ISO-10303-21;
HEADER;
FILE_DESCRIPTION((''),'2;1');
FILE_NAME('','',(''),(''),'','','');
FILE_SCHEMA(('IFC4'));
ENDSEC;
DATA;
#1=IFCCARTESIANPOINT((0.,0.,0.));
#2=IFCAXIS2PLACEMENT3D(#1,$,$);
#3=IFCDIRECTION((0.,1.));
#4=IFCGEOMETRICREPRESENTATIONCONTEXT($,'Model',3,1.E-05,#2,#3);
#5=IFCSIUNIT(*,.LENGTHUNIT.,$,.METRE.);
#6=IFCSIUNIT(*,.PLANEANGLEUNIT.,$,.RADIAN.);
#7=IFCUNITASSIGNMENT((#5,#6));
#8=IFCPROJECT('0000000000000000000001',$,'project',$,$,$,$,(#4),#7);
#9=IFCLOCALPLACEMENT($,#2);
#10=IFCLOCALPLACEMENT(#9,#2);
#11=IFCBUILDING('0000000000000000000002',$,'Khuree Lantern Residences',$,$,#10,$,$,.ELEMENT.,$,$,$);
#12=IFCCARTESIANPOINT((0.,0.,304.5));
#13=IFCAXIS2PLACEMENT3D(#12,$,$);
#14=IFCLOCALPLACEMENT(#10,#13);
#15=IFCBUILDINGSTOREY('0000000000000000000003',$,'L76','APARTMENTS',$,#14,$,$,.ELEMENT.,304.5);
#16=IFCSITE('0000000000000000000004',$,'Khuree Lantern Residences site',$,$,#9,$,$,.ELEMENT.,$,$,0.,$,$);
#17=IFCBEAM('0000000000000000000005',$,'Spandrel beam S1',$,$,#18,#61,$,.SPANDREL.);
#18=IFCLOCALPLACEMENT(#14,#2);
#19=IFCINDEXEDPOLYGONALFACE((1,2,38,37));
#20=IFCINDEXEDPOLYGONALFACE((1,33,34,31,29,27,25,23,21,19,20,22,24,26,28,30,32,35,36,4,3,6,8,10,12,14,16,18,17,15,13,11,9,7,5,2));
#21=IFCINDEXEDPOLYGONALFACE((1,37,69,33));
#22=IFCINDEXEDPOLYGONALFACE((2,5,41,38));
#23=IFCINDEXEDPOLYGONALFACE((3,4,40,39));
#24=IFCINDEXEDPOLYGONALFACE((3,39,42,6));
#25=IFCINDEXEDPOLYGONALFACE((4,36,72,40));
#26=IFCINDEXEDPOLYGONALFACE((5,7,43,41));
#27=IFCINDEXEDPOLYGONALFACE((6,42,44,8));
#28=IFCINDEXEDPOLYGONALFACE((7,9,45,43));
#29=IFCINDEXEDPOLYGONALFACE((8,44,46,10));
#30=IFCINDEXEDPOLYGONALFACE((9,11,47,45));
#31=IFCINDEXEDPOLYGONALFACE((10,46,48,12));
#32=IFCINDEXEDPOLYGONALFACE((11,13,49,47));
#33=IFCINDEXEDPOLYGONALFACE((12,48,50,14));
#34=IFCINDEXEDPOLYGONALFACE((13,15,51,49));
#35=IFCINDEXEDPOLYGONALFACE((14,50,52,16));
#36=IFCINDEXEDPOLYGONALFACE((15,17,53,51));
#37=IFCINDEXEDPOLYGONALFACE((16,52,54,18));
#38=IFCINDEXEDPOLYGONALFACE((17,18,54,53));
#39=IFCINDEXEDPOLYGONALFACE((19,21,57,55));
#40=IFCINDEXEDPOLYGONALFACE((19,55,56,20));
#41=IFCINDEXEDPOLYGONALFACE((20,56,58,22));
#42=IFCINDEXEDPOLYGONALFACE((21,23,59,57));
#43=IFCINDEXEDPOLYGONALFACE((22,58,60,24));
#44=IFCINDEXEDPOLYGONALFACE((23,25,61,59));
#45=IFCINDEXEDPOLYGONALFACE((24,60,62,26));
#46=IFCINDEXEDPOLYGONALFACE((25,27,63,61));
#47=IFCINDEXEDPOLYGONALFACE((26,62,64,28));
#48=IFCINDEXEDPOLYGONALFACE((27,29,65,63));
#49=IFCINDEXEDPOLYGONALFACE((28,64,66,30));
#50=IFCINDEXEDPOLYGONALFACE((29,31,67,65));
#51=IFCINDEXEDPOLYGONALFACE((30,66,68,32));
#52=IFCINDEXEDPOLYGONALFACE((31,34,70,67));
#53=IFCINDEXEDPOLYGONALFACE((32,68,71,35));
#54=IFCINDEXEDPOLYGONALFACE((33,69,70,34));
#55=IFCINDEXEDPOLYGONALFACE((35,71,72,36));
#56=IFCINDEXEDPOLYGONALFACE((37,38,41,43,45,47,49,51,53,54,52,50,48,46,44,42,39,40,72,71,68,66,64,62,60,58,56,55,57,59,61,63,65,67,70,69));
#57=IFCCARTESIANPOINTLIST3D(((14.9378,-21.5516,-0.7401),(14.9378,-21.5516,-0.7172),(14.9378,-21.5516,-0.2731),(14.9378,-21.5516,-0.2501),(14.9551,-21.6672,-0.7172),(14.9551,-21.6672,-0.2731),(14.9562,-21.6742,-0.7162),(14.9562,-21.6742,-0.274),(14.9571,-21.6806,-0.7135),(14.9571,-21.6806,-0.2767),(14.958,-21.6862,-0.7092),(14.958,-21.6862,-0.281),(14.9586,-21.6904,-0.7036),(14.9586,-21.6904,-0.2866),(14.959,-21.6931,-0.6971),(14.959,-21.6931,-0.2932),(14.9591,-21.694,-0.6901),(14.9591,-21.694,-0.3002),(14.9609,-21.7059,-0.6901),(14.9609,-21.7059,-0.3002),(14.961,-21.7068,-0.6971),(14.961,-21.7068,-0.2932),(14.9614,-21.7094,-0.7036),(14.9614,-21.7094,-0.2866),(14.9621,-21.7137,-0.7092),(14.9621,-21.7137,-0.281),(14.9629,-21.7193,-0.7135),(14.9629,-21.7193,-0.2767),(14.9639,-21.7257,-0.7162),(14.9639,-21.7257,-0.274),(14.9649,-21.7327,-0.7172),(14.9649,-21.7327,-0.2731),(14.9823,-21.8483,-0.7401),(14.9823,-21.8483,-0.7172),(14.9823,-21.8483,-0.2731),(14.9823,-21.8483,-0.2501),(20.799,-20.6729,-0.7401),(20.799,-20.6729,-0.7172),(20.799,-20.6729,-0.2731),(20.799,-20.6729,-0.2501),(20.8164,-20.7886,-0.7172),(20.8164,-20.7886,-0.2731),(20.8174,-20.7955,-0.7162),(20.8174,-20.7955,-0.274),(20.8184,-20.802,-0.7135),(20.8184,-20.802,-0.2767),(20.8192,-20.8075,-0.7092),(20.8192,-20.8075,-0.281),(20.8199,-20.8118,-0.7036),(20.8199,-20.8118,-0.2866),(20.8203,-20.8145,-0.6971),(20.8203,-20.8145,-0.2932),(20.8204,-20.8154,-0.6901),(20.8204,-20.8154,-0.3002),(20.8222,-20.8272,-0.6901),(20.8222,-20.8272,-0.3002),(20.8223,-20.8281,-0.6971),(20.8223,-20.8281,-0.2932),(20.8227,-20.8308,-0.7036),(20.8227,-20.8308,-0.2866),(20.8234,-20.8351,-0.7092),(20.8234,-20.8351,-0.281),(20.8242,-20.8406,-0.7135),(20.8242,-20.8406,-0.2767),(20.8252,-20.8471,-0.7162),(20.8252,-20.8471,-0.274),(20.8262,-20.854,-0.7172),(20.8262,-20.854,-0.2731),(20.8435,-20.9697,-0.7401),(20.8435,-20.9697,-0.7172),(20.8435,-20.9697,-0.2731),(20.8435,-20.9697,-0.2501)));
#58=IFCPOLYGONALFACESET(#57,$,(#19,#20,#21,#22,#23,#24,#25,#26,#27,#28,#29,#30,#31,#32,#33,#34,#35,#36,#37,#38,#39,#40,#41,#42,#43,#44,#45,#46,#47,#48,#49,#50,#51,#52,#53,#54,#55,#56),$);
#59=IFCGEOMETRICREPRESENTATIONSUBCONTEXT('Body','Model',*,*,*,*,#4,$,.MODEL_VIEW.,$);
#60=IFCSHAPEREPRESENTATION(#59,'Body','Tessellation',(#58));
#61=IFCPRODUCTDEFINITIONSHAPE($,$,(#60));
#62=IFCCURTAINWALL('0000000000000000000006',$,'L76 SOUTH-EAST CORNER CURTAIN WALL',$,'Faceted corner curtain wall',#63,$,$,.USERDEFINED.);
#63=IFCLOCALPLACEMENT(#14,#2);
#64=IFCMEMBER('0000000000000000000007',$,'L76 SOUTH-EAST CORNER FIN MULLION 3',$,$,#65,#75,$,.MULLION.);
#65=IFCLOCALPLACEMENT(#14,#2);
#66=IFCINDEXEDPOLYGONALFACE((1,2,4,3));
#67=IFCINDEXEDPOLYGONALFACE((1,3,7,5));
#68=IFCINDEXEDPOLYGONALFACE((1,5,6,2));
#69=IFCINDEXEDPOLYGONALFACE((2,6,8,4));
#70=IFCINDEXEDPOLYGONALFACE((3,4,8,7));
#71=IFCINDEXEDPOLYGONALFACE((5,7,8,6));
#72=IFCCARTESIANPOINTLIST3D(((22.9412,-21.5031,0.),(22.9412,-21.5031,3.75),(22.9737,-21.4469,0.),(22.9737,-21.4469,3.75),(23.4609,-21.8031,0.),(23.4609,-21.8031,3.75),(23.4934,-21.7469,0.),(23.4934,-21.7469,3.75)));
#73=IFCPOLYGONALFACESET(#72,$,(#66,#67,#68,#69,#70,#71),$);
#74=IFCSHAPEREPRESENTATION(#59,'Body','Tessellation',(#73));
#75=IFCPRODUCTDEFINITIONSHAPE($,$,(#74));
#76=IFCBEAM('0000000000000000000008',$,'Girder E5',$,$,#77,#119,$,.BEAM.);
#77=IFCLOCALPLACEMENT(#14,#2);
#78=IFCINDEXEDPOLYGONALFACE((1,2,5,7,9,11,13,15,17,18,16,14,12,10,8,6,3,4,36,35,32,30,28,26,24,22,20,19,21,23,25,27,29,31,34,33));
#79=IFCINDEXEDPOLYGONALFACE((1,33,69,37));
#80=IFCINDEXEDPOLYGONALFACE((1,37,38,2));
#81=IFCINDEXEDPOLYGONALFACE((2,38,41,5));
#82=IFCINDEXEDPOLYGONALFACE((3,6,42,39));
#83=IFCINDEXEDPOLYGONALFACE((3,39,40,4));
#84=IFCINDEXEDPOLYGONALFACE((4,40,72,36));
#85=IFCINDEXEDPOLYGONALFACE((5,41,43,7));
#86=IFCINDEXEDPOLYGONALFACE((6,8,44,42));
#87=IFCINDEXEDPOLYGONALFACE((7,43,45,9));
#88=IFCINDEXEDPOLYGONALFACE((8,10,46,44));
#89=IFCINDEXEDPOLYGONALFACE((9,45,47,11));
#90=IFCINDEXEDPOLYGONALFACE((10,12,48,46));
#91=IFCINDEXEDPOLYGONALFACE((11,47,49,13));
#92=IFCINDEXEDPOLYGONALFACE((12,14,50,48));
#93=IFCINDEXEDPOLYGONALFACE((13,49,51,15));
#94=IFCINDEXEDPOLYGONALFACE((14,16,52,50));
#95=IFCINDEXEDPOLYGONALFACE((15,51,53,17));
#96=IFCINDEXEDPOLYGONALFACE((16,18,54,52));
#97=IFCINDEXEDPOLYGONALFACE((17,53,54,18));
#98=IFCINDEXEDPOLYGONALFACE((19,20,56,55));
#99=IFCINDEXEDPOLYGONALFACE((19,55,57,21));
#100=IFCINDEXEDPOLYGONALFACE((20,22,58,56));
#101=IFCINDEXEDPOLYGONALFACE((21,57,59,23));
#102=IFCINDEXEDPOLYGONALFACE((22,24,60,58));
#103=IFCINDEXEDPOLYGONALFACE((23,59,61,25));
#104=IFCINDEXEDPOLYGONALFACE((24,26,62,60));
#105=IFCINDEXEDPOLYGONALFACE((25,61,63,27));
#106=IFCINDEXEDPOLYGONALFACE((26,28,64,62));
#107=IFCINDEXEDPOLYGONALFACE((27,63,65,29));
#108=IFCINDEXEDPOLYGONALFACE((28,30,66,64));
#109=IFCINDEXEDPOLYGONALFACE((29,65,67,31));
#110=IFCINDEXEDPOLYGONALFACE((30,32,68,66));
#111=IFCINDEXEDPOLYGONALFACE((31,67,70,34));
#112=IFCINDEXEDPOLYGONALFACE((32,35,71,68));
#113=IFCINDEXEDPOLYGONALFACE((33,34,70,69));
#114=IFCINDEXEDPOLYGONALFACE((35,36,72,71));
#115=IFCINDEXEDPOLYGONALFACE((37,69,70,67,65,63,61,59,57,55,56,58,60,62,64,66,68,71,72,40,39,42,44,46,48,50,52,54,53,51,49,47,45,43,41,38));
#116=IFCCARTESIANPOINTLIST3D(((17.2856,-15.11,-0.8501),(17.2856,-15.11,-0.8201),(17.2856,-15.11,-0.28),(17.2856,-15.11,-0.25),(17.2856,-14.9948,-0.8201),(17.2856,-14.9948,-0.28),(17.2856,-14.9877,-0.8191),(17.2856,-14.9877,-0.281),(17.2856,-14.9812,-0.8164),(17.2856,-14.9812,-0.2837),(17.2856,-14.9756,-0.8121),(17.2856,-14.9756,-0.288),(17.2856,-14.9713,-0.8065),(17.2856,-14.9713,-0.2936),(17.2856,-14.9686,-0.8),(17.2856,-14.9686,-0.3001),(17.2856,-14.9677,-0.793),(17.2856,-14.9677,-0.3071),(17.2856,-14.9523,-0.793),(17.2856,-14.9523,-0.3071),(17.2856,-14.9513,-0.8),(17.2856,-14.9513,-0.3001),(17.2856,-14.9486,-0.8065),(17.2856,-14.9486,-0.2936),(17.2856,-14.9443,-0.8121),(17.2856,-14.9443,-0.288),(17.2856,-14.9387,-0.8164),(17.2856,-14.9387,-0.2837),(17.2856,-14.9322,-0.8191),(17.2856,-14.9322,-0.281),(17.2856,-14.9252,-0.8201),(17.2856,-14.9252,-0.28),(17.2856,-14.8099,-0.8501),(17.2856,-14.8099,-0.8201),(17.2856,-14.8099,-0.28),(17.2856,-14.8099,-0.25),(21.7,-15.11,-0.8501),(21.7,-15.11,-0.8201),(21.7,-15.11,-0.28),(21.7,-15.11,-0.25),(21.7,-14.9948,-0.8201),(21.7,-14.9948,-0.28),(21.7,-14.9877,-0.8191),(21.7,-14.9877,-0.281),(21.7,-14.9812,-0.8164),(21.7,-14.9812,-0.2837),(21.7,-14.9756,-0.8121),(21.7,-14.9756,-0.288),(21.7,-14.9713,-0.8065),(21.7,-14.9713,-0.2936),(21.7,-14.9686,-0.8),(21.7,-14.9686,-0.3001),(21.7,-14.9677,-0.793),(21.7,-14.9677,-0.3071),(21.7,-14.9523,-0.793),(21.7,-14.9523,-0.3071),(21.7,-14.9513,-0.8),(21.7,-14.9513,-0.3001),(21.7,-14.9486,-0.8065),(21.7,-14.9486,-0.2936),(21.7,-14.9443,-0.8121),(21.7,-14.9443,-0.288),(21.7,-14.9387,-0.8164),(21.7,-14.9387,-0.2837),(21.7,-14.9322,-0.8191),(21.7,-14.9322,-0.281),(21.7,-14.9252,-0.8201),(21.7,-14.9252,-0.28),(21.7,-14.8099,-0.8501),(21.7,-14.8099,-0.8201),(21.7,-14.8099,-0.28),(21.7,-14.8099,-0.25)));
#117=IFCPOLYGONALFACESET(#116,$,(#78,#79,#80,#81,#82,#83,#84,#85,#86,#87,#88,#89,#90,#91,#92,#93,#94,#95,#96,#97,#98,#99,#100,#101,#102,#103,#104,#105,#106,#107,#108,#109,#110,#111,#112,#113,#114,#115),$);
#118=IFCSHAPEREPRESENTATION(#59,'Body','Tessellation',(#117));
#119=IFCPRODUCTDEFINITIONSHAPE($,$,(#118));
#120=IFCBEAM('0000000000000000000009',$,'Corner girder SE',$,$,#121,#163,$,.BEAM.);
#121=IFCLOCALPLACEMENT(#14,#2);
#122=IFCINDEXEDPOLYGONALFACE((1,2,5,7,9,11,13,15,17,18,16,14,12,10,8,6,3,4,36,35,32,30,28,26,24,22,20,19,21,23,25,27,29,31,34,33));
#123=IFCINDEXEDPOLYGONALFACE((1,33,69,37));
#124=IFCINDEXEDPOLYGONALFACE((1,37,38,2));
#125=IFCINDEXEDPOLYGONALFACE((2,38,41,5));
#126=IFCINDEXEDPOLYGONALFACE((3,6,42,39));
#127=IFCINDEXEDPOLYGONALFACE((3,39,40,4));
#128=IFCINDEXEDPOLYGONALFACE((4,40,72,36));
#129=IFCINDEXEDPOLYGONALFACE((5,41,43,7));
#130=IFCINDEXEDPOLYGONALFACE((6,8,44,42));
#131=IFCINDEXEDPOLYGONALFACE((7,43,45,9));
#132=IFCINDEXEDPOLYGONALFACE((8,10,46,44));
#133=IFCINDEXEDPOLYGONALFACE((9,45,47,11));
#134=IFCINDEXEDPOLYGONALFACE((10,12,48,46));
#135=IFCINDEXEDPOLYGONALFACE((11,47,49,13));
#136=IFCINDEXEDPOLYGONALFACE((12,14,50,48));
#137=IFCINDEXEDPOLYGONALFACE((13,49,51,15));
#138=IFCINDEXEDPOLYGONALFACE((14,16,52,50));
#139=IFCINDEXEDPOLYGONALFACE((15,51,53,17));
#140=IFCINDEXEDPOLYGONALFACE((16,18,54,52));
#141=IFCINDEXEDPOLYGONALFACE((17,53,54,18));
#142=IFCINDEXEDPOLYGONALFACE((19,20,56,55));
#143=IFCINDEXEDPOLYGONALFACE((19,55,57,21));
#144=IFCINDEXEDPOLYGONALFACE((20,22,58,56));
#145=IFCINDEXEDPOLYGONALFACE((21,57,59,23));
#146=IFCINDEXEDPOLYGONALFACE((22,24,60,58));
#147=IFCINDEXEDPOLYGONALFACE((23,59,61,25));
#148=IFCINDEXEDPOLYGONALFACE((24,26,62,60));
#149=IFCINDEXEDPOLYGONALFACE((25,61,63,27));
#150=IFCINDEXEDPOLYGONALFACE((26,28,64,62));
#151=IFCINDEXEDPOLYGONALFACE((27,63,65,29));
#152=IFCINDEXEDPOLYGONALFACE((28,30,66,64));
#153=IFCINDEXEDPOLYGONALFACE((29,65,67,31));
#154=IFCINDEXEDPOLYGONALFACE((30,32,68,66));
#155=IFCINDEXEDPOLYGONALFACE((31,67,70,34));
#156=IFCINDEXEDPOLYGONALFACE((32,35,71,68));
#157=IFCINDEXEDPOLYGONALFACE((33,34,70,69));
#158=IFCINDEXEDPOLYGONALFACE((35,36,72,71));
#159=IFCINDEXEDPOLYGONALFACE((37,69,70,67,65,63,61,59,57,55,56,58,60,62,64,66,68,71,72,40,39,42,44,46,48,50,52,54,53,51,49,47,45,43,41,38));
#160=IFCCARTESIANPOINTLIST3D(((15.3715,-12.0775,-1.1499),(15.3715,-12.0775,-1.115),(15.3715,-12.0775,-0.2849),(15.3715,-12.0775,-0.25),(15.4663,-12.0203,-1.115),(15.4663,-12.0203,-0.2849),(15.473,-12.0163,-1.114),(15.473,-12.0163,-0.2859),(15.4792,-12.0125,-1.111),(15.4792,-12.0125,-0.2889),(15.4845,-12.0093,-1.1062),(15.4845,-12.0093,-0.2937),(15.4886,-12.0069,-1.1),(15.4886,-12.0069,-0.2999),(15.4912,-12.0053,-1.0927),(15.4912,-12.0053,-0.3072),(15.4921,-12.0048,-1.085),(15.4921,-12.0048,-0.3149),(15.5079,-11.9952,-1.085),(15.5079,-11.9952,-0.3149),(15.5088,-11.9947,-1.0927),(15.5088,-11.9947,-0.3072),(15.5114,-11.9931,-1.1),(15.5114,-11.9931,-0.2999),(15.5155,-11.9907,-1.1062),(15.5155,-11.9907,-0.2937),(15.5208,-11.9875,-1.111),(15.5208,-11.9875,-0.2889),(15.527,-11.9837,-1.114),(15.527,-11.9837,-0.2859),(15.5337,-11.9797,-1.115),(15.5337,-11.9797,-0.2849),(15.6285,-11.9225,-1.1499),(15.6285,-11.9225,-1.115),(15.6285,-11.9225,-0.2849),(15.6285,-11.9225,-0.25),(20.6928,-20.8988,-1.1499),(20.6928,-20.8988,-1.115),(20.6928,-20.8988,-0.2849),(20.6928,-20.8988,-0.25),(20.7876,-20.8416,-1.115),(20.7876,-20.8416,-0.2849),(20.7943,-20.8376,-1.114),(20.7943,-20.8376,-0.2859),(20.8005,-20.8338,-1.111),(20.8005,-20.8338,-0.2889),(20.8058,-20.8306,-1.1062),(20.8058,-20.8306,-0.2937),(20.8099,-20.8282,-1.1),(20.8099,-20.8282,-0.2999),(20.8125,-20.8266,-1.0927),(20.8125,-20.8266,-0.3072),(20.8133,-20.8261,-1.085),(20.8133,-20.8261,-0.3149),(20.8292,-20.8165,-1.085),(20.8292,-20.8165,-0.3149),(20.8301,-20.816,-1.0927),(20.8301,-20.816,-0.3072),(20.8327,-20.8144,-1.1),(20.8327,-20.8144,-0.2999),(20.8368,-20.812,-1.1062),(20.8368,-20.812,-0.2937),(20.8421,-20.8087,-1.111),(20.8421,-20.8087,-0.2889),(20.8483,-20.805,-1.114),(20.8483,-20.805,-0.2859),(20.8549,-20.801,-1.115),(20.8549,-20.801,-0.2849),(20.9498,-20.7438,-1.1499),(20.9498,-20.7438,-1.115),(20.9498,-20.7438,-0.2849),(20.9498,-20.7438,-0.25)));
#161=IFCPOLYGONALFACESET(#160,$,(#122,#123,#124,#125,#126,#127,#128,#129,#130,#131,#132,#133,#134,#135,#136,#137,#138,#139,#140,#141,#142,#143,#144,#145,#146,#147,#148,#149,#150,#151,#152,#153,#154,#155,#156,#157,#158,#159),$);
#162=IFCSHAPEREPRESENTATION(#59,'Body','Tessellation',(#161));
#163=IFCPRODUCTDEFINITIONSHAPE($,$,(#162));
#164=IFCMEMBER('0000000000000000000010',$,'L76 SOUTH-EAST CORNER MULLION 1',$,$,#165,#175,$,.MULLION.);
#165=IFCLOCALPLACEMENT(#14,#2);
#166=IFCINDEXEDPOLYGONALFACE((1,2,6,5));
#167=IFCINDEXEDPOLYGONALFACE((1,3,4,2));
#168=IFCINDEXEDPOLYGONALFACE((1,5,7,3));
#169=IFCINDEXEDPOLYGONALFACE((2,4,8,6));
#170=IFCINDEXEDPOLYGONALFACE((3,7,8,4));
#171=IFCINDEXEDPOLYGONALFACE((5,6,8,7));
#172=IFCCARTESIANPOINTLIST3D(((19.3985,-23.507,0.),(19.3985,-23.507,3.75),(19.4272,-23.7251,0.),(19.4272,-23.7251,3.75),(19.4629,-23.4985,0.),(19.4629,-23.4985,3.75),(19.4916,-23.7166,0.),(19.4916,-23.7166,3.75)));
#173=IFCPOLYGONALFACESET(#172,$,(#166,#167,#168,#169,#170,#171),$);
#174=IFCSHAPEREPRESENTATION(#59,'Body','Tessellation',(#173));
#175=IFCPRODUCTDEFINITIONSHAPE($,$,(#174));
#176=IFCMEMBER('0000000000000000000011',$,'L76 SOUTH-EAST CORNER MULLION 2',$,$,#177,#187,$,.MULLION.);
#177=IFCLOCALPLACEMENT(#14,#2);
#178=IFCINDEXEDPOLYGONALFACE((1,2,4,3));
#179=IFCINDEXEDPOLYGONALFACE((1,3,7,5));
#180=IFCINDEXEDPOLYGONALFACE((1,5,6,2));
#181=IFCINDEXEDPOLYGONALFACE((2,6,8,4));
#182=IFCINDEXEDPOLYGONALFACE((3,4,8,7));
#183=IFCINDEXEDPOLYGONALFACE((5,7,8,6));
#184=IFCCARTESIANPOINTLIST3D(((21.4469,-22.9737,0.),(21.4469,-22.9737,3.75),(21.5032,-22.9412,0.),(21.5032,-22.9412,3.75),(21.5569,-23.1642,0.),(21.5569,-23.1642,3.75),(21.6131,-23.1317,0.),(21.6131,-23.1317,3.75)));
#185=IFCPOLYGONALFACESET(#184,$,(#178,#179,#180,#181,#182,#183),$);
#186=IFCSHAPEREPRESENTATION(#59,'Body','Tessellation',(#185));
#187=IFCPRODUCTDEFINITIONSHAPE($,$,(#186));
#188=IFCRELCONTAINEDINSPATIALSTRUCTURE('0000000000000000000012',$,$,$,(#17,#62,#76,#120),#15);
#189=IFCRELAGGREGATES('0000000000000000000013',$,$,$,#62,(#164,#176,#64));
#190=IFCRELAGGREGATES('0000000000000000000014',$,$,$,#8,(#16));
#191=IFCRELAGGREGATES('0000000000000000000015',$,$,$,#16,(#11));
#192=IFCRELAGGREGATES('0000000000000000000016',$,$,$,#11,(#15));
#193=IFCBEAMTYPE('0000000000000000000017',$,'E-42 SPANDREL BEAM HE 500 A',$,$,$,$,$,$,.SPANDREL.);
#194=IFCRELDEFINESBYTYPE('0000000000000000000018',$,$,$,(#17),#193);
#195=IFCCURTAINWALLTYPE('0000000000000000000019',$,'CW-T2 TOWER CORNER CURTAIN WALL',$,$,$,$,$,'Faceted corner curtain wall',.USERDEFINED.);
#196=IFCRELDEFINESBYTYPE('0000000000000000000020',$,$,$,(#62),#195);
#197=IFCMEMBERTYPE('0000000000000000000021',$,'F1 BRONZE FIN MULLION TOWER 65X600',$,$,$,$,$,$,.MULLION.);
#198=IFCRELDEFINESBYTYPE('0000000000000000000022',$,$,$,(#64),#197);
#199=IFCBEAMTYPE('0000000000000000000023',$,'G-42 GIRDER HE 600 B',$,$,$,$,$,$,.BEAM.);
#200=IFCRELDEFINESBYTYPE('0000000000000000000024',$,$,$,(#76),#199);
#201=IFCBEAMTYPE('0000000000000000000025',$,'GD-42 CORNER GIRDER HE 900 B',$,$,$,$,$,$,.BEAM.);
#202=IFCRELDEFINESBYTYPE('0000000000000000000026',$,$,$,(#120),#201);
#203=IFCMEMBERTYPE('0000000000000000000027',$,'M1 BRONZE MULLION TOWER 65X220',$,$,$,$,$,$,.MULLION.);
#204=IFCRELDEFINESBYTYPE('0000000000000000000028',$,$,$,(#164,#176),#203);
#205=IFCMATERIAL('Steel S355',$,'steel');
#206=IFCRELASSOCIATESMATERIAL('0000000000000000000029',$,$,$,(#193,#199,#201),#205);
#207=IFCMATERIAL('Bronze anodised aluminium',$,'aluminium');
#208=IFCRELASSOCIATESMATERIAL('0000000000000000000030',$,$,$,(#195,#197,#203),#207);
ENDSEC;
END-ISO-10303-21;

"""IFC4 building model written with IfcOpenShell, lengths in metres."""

from ifc_helpers import new_model, si_unit, direction, frame, origin, origin_2d, place, context, subcontext, project, spatial, rectangle, i_section, extrude, material, material_profile, profile_set, type_object, element, aggregate, save


model = new_model("IFC4")

# Units and contexts
model_context = context("Model", 3, precision=1e-05, world=origin(), true_north=direction((0.0, 1.0)))
body_context = subcontext(model_context, "Body", "Model", "MODEL_VIEW")
ifc_project = project(units=[si_unit("LENGTHUNIT", "METRE"), si_unit("PLANEANGLEUNIT", "RADIAN")], contexts=[model_context])

# Site, building, storey
site_placement = place(None, origin())
site = spatial("IfcSite", under=ifc_project, at=site_placement, Name="Khuree Lantern Residences site", CompositionType="ELEMENT", RefElevation=0.0)
building_placement = place(site_placement, origin())
building = spatial("IfcBuilding", under=site, at=building_placement, Name="Khuree Lantern Residences", CompositionType="ELEMENT")
storey_placement = place(building_placement, frame((0.0, 0.0, 304.5)))
storey = spatial("IfcBuildingStorey", under=building, at=storey_placement, Name="L76", Description="APARTMENTS", CompositionType="ELEMENT", Elevation=304.5)

# Beam
ifc_material_1 = material(Name="Steel S355", Category="steel")
ifc_material_profile_1 = material_profile(ifc_material_1, i_section(OverallWidth=0.3, OverallDepth=0.49, WebThickness=0.012, FlangeThickness=0.0229, FilletRadius=0.0271, at=origin_2d()), Name="HE 500 A")
ifc_profile_set_1 = profile_set([ifc_material_profile_1], Name="Steel S355")
beam_type_1 = type_object("IfcBeamType", Name="E-42 SPANDREL BEAM HE 500 A", PredefinedType="SPANDREL", material=ifc_profile_set_1)
for number, where, z_axis, x_axis, name in (
    (1, (20.8213, -20.8213, -0.4951), (-0.98895, -0.148252, 0.0), (0.148252, -0.98895, 0.0), "Spandrel beam S1"),
):
    element("IfcBeam", number, at=place(storey_placement, frame(where, z_axis=z_axis, x_axis=x_axis)), inside=storey, type_object=beam_type_1, Name=name, PredefinedType="SPANDREL", context=body_context, shape_type="SweptSolid", body=[
        extrude(i_section(OverallWidth=0.3, OverallDepth=0.49, WebThickness=0.012, FlangeThickness=0.0229, FilletRadius=0.0271, at=origin_2d()), origin(), (0.0, 0.0, 1.0), 5.9268),
    ])

# Curtain wall, member
ifc_material_2 = material(Name="Bronze anodised aluminium", Category="aluminium")
curtain_wall_type_1 = type_object("IfcCurtainWallType", Name="CW-T2 TOWER CORNER CURTAIN WALL", ElementType="Faceted corner curtain wall", PredefinedType="USERDEFINED", material=ifc_material_2)
curtain_wall_1_placement = place(storey_placement, origin())
curtain_wall_1 = element("IfcCurtainWall", 2, at=curtain_wall_1_placement, inside=storey, type_object=curtain_wall_type_1, Name="L76 SOUTH-EAST CORNER CURTAIN WALL", ObjectType="Faceted corner curtain wall", PredefinedType="USERDEFINED")
ifc_material_profile_2 = material_profile(ifc_material_2, rectangle(XDim=0.0649, YDim=0.6001, at=origin_2d()), Name="F1 65X600")
ifc_profile_set_2 = profile_set([ifc_material_profile_2], Name="Bronze anodised aluminium")
member_type_1 = type_object("IfcMemberType", Name="F1 BRONZE FIN MULLION TOWER 65X600", PredefinedType="MULLION", material=ifc_profile_set_2)
member_1_placement = place(storey_placement, frame((23.2173, -21.625, 0.0), z_axis=(0.0, 0.0, 1.0), x_axis=(0.5, 0.866025, 0.0)))
member_1 = element("IfcMember", 3, at=member_1_placement, type_object=member_type_1, Name="L76 SOUTH-EAST CORNER FIN MULLION 3", PredefinedType="MULLION", context=body_context, shape_type="SweptSolid", body=[
    extrude(rectangle(XDim=0.0649, YDim=0.6001, at=origin_2d()), origin(), (0.0, 0.0, 1.0), 3.75),
])

# Beams
ifc_material_profile_3 = material_profile(ifc_material_1, i_section(OverallWidth=0.3, OverallDepth=0.6001, WebThickness=0.0154, FlangeThickness=0.03, FilletRadius=0.0271, at=origin_2d()), Name="HE 600 B")
ifc_profile_set_3 = profile_set([ifc_material_profile_3], Name="Steel S355")
beam_type_2 = type_object("IfcBeamType", Name="G-42 GIRDER HE 600 B", PredefinedType="BEAM", material=ifc_profile_set_3)
beam_1_placement = place(storey_placement, frame((21.7, -14.96, -0.55), z_axis=(-1.0, 0.0, 0.0), x_axis=(0.0, -1.0, 0.0)))
element("IfcBeam", 4, at=beam_1_placement, inside=storey, type_object=beam_type_2, Name="Girder E5", PredefinedType="BEAM", context=body_context, shape_type="SweptSolid", body=[
    extrude(i_section(OverallWidth=0.3, OverallDepth=0.6001, WebThickness=0.0154, FlangeThickness=0.03, FilletRadius=0.0271, at=origin_2d()), origin(), (0.0, 0.0, 1.0), 4.4143),
])
ifc_material_profile_4 = material_profile(ifc_material_1, i_section(OverallWidth=0.3, OverallDepth=0.8999, WebThickness=0.0186, FlangeThickness=0.0349, FilletRadius=0.03, at=origin_2d()), Name="HE 900 B")
ifc_profile_set_4 = profile_set([ifc_material_profile_4], Name="Steel S355")
beam_type_3 = type_object("IfcBeamType", Name="GD-42 CORNER GIRDER HE 900 B", PredefinedType="BEAM", material=ifc_profile_set_4)
beam_2_placement = place(storey_placement, frame((20.8213, -20.8213, -0.7), z_axis=(-0.51653, 0.856269, 0.0), x_axis=(-0.856269, -0.51653, 0.0)))
element("IfcBeam", 5, at=beam_2_placement, inside=storey, type_object=beam_type_3, Name="Corner girder SE", PredefinedType="BEAM", context=body_context, shape_type="SweptSolid", body=[
    extrude(i_section(OverallWidth=0.3, OverallDepth=0.8999, WebThickness=0.0186, FlangeThickness=0.0349, FilletRadius=0.03, at=origin_2d()), origin(), (0.0, 0.0, 1.0), 10.302),
])

# Members
ifc_material_profile_5 = material_profile(ifc_material_2, rectangle(XDim=0.0649, YDim=0.22, at=origin_2d()), Name="M1 65X220")
ifc_profile_set_5 = profile_set([ifc_material_profile_5], Name="Bronze anodised aluminium")
member_type_2 = type_object("IfcMemberType", Name="M1 BRONZE MULLION TOWER 65X220", PredefinedType="MULLION", material=ifc_profile_set_5)
member_2_placement = place(storey_placement, frame((19.4451, -23.6118, 0.0), z_axis=(0.0, 0.0, 1.0), x_axis=(0.991445, 0.130526, 0.0)))
member_2 = element("IfcMember", 6, at=member_2_placement, type_object=member_type_2, Name="L76 SOUTH-EAST CORNER MULLION 1", PredefinedType="MULLION", context=body_context, shape_type="SweptSolid", body=[
    extrude(rectangle(XDim=0.0649, YDim=0.22, at=origin_2d()), origin(), (0.0, 0.0, 1.0), 3.75),
])
member_3_placement = place(storey_placement, frame((21.53, -23.0527, 0.0), z_axis=(0.0, 0.0, 1.0), x_axis=(0.866025, 0.5, 0.0)))
member_3 = element("IfcMember", 7, at=member_3_placement, type_object=member_type_2, Name="L76 SOUTH-EAST CORNER MULLION 2", PredefinedType="MULLION", context=body_context, shape_type="SweptSolid", body=[
    extrude(rectangle(XDim=0.0649, YDim=0.22, at=origin_2d()), origin(), (0.0, 0.0, 1.0), 3.75),
])

aggregate(curtain_wall_1, [member_2, member_3, member_1])

save(model, "model.ifc")
